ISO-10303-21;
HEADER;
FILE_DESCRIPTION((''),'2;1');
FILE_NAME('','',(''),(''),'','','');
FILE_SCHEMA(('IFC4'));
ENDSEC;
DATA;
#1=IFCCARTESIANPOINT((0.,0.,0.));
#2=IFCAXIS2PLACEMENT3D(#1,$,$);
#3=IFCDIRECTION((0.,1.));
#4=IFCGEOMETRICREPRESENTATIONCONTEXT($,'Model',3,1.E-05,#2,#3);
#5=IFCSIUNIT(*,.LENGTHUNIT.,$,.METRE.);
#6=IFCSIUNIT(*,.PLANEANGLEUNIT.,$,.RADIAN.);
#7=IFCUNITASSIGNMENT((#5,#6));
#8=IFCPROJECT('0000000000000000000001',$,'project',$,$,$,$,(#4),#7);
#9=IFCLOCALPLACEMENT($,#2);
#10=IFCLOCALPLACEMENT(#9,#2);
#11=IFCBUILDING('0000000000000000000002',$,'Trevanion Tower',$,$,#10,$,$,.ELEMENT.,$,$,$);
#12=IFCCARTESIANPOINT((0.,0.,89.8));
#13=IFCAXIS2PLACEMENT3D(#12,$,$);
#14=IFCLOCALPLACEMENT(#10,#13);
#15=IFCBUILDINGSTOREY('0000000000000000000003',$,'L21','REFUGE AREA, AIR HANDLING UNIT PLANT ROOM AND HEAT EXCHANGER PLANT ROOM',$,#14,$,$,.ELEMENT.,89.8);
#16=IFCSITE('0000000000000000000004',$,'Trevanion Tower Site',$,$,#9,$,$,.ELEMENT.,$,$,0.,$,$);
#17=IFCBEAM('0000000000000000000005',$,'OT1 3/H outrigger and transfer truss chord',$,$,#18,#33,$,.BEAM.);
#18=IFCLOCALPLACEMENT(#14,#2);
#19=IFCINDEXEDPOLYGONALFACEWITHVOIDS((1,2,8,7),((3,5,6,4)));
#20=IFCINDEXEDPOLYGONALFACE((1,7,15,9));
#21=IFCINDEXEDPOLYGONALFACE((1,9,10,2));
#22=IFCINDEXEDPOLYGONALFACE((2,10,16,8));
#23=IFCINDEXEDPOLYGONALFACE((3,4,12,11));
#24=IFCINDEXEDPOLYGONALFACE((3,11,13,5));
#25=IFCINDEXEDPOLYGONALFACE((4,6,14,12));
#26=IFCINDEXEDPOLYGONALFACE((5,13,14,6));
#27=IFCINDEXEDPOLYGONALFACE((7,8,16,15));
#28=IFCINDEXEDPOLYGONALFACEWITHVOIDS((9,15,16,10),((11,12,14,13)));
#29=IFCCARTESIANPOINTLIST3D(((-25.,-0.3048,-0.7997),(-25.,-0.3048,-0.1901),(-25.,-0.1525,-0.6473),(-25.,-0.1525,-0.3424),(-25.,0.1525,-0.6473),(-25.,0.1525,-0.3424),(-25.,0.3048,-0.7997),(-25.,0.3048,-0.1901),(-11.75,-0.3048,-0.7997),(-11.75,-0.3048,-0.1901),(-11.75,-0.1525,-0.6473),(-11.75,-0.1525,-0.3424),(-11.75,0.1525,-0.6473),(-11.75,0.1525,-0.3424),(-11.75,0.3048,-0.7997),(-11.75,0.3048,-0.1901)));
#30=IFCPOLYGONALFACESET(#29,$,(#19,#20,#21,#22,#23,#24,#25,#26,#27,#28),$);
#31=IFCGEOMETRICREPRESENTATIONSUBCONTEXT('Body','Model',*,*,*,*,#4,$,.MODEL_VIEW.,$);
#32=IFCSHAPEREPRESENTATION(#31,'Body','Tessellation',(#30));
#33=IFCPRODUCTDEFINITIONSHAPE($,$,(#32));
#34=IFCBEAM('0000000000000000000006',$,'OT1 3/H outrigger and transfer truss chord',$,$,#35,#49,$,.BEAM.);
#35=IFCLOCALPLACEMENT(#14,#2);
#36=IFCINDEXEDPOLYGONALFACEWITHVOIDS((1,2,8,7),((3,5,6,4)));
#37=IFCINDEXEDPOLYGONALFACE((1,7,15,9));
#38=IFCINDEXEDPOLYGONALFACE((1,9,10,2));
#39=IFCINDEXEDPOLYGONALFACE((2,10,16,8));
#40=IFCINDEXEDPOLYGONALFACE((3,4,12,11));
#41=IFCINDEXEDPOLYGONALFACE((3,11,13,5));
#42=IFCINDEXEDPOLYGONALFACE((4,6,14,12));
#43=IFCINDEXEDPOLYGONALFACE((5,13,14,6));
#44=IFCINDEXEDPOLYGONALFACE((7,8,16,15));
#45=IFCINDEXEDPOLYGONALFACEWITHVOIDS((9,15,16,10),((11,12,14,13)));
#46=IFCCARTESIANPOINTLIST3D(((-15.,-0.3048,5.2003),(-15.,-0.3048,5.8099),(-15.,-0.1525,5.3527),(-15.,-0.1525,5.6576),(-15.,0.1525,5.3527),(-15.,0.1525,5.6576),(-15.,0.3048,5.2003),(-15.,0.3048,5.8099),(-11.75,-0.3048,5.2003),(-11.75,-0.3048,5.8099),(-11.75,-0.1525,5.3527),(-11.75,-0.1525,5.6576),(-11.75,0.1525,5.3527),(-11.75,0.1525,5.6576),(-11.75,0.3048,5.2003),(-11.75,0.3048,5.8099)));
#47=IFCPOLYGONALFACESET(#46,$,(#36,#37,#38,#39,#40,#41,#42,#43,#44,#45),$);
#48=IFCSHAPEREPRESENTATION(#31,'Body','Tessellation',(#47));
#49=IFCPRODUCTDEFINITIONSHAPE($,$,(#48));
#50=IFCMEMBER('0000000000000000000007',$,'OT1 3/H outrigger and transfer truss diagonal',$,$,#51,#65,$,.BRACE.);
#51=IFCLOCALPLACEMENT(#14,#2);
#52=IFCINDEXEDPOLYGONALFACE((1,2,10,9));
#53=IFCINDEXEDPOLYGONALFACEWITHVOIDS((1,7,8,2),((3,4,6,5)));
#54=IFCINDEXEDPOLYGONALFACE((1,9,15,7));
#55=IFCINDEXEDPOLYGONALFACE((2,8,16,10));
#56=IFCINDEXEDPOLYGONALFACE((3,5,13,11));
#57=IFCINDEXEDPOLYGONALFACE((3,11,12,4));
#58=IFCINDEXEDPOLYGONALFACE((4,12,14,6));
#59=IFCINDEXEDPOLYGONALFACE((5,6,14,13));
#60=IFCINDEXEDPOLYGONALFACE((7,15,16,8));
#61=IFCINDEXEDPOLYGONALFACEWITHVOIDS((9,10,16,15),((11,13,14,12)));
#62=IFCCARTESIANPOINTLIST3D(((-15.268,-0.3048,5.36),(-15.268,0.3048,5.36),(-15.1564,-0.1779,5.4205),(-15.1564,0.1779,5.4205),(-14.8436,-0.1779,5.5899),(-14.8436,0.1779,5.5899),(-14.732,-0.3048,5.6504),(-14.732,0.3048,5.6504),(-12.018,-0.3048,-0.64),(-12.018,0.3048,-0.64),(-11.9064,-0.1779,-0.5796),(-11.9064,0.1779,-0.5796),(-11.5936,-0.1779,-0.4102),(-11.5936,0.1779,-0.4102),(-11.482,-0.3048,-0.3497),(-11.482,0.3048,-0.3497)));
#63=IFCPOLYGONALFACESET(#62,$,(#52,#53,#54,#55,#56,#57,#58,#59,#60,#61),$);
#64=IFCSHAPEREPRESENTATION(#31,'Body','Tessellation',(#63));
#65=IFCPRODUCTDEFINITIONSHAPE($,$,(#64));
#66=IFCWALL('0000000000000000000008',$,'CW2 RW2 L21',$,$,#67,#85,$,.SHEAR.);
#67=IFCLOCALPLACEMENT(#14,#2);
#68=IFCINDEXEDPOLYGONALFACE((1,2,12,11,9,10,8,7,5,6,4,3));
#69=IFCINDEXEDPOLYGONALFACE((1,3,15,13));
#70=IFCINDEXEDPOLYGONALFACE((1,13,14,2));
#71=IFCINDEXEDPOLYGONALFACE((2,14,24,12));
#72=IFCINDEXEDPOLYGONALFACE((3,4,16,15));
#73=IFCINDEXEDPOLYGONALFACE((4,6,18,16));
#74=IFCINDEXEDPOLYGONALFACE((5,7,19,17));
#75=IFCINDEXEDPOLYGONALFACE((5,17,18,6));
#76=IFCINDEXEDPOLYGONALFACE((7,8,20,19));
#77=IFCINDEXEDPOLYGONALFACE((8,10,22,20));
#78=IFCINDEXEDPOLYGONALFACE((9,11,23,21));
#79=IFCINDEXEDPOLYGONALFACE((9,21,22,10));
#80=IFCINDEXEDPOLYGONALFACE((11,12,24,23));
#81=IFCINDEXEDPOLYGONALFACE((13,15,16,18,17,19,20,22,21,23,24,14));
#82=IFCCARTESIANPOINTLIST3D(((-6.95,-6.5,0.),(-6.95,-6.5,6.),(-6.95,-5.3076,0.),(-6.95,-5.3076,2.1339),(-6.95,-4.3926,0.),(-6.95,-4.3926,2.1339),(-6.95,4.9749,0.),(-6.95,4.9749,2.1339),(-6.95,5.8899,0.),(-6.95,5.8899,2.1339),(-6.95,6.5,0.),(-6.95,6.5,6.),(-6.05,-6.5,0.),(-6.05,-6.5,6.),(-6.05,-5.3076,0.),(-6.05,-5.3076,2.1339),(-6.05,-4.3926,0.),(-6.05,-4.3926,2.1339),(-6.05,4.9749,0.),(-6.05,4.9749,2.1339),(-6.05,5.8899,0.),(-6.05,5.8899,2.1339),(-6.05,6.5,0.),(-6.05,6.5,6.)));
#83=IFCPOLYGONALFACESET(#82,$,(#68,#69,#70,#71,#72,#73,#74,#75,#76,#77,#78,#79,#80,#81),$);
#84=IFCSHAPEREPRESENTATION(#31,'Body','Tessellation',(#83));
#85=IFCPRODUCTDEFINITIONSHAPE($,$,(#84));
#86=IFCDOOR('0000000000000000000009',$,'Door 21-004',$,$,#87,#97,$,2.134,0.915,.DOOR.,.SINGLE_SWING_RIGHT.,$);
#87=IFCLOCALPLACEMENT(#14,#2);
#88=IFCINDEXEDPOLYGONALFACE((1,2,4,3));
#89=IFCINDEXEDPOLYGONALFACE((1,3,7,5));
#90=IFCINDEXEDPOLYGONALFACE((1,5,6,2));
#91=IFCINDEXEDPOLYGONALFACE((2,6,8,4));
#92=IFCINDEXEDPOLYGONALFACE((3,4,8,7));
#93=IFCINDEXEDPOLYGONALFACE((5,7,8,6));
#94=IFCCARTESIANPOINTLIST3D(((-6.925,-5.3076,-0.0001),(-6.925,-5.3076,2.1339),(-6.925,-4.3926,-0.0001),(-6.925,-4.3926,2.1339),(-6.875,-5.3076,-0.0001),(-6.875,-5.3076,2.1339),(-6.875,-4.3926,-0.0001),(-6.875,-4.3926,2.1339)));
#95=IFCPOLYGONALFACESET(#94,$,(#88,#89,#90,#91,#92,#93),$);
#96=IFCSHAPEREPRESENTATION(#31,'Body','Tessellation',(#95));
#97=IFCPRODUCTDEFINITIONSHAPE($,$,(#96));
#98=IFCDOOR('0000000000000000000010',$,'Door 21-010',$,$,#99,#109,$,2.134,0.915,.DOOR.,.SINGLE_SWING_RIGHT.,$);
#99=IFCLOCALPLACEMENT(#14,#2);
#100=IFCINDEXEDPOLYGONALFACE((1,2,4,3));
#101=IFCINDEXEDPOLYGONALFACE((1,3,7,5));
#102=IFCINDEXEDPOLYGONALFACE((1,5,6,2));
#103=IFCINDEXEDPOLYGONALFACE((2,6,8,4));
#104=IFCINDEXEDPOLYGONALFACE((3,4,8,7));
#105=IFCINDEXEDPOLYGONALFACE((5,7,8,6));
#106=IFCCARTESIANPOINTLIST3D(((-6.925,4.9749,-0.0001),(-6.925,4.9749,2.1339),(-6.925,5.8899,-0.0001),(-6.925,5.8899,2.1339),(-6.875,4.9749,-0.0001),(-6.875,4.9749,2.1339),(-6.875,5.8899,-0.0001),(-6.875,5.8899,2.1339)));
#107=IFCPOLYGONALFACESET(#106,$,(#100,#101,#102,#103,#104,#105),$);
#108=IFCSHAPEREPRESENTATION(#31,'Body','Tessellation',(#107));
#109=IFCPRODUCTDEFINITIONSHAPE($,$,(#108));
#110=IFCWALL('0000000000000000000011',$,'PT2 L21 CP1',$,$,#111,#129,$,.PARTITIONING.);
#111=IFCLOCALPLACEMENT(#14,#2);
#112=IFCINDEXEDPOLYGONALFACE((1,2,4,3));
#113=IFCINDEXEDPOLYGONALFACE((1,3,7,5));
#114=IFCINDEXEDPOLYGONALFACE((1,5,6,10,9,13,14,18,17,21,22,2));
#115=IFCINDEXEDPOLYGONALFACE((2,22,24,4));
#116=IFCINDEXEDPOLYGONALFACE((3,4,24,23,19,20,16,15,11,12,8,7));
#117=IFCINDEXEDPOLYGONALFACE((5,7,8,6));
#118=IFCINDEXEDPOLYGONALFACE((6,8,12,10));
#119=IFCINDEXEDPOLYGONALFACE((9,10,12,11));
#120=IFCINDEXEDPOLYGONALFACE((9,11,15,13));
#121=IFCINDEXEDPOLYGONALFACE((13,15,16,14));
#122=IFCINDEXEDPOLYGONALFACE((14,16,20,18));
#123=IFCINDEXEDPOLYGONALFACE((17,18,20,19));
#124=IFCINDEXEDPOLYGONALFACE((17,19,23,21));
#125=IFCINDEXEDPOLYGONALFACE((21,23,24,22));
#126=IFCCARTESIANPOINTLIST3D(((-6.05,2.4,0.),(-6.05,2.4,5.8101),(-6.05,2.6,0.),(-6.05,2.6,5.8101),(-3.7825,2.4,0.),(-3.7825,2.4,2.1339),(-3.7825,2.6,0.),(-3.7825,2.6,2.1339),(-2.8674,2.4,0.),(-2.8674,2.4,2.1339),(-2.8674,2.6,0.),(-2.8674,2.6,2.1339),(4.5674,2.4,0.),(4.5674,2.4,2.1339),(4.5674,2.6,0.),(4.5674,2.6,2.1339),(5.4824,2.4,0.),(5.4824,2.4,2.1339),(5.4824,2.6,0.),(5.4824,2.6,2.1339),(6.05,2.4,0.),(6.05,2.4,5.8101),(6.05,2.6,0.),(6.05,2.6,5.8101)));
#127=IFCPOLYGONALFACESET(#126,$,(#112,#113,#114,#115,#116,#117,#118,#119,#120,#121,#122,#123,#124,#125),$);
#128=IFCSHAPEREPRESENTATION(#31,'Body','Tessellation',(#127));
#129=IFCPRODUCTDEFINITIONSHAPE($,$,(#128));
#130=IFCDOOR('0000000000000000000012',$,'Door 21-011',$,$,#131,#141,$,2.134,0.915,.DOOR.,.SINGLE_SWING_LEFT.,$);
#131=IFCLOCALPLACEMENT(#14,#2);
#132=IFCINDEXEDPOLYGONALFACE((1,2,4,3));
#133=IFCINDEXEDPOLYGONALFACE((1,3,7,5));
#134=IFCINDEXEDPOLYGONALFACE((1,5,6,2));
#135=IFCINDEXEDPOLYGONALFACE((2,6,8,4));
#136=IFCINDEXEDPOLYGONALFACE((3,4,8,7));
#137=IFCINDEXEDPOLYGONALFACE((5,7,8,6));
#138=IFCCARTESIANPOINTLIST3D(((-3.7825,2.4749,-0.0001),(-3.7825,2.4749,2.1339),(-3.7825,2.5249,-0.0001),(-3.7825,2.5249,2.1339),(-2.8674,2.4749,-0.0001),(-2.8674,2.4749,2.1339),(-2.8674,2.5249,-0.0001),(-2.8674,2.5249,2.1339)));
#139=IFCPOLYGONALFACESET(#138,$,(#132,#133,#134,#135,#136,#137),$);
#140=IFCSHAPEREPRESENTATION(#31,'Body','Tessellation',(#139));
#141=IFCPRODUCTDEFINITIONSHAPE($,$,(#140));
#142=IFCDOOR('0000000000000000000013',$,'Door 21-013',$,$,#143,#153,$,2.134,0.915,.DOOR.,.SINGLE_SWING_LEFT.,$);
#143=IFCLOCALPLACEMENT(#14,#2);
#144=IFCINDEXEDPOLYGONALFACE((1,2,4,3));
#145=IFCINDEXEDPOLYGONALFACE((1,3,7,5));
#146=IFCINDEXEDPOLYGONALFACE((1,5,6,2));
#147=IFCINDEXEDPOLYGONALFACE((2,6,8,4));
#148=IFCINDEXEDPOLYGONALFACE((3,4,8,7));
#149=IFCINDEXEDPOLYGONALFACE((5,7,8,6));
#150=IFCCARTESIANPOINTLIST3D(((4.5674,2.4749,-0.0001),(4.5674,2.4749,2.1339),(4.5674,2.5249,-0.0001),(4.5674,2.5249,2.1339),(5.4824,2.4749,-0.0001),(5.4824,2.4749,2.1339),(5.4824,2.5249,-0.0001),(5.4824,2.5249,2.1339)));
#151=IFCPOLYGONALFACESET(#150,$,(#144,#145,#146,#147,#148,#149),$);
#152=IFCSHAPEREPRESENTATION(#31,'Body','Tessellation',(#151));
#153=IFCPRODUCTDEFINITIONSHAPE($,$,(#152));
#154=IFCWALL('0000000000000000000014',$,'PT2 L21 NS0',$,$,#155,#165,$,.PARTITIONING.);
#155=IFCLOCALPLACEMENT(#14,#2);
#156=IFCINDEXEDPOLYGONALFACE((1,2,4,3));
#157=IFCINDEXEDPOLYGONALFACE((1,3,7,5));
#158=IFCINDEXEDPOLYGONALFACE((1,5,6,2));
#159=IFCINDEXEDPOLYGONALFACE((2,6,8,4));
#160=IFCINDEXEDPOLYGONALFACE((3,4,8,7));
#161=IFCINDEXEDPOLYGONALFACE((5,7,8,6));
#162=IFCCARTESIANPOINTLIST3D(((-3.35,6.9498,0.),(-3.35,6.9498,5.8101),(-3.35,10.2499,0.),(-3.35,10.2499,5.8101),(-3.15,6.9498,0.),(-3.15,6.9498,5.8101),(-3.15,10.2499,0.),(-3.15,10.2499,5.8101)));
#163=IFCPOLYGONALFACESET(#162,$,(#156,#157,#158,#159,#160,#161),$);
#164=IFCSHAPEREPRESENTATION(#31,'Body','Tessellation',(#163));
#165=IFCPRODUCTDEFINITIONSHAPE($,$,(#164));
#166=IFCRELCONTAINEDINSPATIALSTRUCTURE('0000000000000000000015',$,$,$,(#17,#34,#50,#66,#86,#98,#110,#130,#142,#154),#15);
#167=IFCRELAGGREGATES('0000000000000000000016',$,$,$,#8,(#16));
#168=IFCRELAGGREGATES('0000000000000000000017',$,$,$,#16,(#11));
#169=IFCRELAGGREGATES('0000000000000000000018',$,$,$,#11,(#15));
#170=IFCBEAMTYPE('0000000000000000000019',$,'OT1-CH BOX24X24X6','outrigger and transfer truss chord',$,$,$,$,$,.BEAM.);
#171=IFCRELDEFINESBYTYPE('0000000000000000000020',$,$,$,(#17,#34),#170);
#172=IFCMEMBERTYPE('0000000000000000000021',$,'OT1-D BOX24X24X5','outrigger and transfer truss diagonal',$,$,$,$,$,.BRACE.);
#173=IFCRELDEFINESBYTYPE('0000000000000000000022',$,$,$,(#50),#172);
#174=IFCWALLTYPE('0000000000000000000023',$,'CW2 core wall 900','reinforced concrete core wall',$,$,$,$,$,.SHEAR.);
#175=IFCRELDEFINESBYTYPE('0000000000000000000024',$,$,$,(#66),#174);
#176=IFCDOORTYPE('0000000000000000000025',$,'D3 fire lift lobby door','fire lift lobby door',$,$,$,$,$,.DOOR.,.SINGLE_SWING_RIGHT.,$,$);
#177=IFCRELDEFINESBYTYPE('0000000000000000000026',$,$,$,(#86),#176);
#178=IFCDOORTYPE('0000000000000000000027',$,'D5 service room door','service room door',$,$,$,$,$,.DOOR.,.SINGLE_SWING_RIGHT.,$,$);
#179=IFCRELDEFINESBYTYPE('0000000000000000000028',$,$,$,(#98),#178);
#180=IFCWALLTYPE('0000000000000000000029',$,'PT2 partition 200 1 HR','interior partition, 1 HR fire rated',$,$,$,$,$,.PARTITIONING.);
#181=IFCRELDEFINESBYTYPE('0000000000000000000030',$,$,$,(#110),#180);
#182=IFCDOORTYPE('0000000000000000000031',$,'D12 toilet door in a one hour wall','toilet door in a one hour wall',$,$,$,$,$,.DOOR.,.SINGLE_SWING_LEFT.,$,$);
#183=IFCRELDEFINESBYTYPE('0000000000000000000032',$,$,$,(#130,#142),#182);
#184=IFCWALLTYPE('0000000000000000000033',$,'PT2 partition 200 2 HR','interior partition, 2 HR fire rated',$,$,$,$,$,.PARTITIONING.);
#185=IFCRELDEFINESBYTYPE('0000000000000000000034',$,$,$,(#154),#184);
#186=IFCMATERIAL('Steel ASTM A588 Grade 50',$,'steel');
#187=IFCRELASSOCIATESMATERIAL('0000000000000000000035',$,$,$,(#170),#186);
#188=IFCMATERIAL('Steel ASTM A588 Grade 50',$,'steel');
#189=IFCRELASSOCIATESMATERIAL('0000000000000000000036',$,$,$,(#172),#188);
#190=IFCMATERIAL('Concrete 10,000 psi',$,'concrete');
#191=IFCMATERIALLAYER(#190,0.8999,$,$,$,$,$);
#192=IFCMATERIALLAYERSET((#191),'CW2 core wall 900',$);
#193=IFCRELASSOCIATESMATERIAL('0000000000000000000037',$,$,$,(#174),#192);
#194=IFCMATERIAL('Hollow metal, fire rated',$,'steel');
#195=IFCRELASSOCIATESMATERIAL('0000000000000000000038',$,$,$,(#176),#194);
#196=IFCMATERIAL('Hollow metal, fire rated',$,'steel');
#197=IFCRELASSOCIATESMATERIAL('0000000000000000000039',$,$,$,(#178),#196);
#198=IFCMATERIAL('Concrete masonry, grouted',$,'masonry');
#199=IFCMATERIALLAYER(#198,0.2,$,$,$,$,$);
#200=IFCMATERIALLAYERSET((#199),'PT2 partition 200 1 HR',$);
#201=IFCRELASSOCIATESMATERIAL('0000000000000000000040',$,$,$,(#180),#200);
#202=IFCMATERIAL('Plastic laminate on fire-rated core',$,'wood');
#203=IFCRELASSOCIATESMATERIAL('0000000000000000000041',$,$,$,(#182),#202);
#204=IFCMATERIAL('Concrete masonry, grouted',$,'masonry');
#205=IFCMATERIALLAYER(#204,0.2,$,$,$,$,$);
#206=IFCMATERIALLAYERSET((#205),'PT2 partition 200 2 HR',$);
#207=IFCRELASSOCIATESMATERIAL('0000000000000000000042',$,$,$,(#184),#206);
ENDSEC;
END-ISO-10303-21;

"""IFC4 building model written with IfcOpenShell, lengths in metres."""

from ifc_helpers import new_model, si_unit, direction, frame, frame_2d, origin, origin_2d, place, context, subcontext, project, spatial, rectangle, hollow_rectangle, extrude, material, layer, layer_set, material_profile, profile_set, type_object, element, fill, save


model = new_model("IFC4")

# Units and contexts
model_context = context("Model", 3, precision=1e-05, world=origin(), true_north=direction((0.0, 1.0)))
body_context = subcontext(model_context, "Body", "Model", "MODEL_VIEW")
ifc_project = project(units=[si_unit("LENGTHUNIT", "METRE"), si_unit("PLANEANGLEUNIT", "RADIAN")], contexts=[model_context])

# Site, building, storey
site_placement = place(None, origin())
site = spatial("IfcSite", under=ifc_project, at=site_placement, Name="Trevanion Tower Site", CompositionType="ELEMENT", RefElevation=0.0)
building_placement = place(site_placement, origin())
building = spatial("IfcBuilding", under=site, at=building_placement, Name="Trevanion Tower", CompositionType="ELEMENT")
storey_placement = place(building_placement, frame((0.0, 0.0, 89.8)))
storey = spatial("IfcBuildingStorey", under=building, at=storey_placement, Name="L21", Description="REFUGE AREA, AIR HANDLING UNIT PLANT ROOM AND HEAT EXCHANGER PLANT ROOM", CompositionType="ELEMENT", Elevation=89.8)

# Beams
ifc_material_1 = material(Name="Steel ASTM A588 Grade 50", Category="steel")
ifc_material_profile_1 = material_profile(ifc_material_1, hollow_rectangle(XDim=0.6096, YDim=0.6096, WallThickness=0.1523, at=origin_2d()), Name="BOX24X24X6")
ifc_profile_set_1 = profile_set([ifc_material_profile_1], Name="Steel ASTM A588 Grade 50")
beam_type_1 = type_object("IfcBeamType", Name="OT1-CH BOX24X24X6", Description="outrigger and transfer truss chord", PredefinedType="BEAM", material=ifc_profile_set_1)
beam_1_placement = place(storey_placement, frame((-11.75, 0.0, -0.4949), z_axis=(-1.0, 0.0, 0.0), x_axis=(0.0, -1.0, 0.0)))
element("IfcBeam", 1, at=beam_1_placement, inside=storey, type_object=beam_type_1, Name="OT1 3/H outrigger and transfer truss chord", PredefinedType="BEAM", context=body_context, shape_type="SweptSolid", body=[
    extrude(hollow_rectangle(XDim=0.6096, YDim=0.6096, WallThickness=0.1523, at=origin_2d()), origin(), (0.0, 0.0, 1.0), 13.25),
])
beam_2_placement = place(storey_placement, frame((-11.75, 0.0, 5.5051), z_axis=(-1.0, 0.0, 0.0), x_axis=(0.0, -1.0, 0.0)))
element("IfcBeam", 2, at=beam_2_placement, inside=storey, type_object=beam_type_1, Name="OT1 3/H outrigger and transfer truss chord", PredefinedType="BEAM", context=body_context, shape_type="SweptSolid", body=[
    extrude(hollow_rectangle(XDim=0.6096, YDim=0.6096, WallThickness=0.1523, at=origin_2d()), origin(), (0.0, 0.0, 1.0), 3.25),
])

# Member
ifc_material_2 = material(Name="Steel ASTM A588 Grade 50", Category="steel")
ifc_material_profile_2 = material_profile(ifc_material_2, hollow_rectangle(XDim=0.6096, YDim=0.6096, WallThickness=0.127, at=origin_2d()), Name="BOX24X24X5")
ifc_profile_set_2 = profile_set([ifc_material_profile_2], Name="Steel ASTM A588 Grade 50")
member_type = type_object("IfcMemberType", Name="OT1-D BOX24X24X5", Description="outrigger and transfer truss diagonal", PredefinedType="BRACE", material=ifc_profile_set_2)
member_placement = place(storey_placement, frame((-11.75, 0.0, -0.4949), z_axis=(-0.476283, 0.0, 0.879292), x_axis=(0.0, -1.0, 0.0)))
element("IfcMember", 3, at=member_placement, inside=storey, type_object=member_type, Name="OT1 3/H outrigger and transfer truss diagonal", PredefinedType="BRACE", context=body_context, shape_type="SweptSolid", body=[
    extrude(hollow_rectangle(XDim=0.6096, YDim=0.6096, WallThickness=0.127, at=origin_2d()), origin(), (0.0, 0.0, 1.0), 6.8237),
])

# Walls, openings, doors
ifc_material_3 = material(Name="Concrete 10,000 psi", Category="concrete")
ifc_layer_1 = layer(ifc_material_3, 0.8999)
ifc_layer_set_1 = layer_set([ifc_layer_1], Name="CW2 core wall 900")
wall_type_1 = type_object("IfcWallType", Name="CW2 core wall 900", Description="reinforced concrete core wall", PredefinedType="SHEAR", material=ifc_layer_set_1)
wall_1_placement = place(storey_placement, frame((-6.5, 6.5, 0.0), z_axis=(0.0, 0.0, 1.0), x_axis=(0.0, -1.0, 0.0)))
wall_1 = element("IfcWall", 4, at=wall_1_placement, inside=storey, type_object=wall_type_1, Name="CW2 RW2 L21", PredefinedType="SHEAR", context=body_context, shape_type="SweptSolid", body=[
    extrude(rectangle(XDim=13.0, YDim=0.8999, at=frame_2d((6.5, 0.0))), origin(), (0.0, 0.0, 1.0), 6.0),
])
opening_1_placement = place(wall_1_placement, frame((10.8926, 0.0, 0.0)))
opening_1 = element("IfcOpeningElement", 5, at=opening_1_placement, cuts=wall_1, PredefinedType="OPENING", context=body_context, shape_type="SweptSolid", body=[
    extrude(rectangle(XDim=0.915, YDim=2.134, at=frame_2d((0.4575, 1.0669))), frame((0.0, 0.46, 0.0), z_axis=(0.0, -1.0, 0.0), x_axis=(1.0, 0.0, 0.0)), (0.0, 0.0, 1.0), 0.9199),
])
opening_2_placement = place(wall_1_placement, frame((0.6101, 0.0, 0.0)))
opening_2 = element("IfcOpeningElement", 6, at=opening_2_placement, cuts=wall_1, PredefinedType="OPENING", context=body_context, shape_type="SweptSolid", body=[
    extrude(rectangle(XDim=0.915, YDim=2.134, at=frame_2d((0.4575, 1.0669))), frame((0.0, 0.46, 0.0), z_axis=(0.0, -1.0, 0.0), x_axis=(1.0, 0.0, 0.0)), (0.0, 0.0, 1.0), 0.9199),
])
ifc_material_4 = material(Name="Hollow metal, fire rated", Category="steel")
door_type_1 = type_object("IfcDoorType", Name="D3 fire lift lobby door", Description="fire lift lobby door", OperationType="SINGLE_SWING_RIGHT", PredefinedType="DOOR", material=ifc_material_4)
door_1_placement = place(opening_1_placement, origin())
door_1 = element("IfcDoor", 7, at=door_1_placement, inside=storey, type_object=door_type_1, Name="Door 21-004", OperationType="SINGLE_SWING_RIGHT", OverallHeight=2.134, OverallWidth=0.915, PredefinedType="DOOR", context=body_context, shape_type="SweptSolid", body=[
    extrude(rectangle(XDim=0.915, YDim=2.134, at=frame_2d((0.4575, 1.0669))), frame((0.0, -0.375, 0.0), z_axis=(0.0, -1.0, 0.0), x_axis=(1.0, 0.0, 0.0)), (0.0, 0.0, 1.0), 0.05),
])
fill(opening_1, door_1)
ifc_material_5 = material(Name="Hollow metal, fire rated", Category="steel")
door_type_2 = type_object("IfcDoorType", Name="D5 service room door", Description="service room door", OperationType="SINGLE_SWING_RIGHT", PredefinedType="DOOR", material=ifc_material_5)
door_2_placement = place(opening_2_placement, origin())
door_2 = element("IfcDoor", 8, at=door_2_placement, inside=storey, type_object=door_type_2, Name="Door 21-010", OperationType="SINGLE_SWING_RIGHT", OverallHeight=2.134, OverallWidth=0.915, PredefinedType="DOOR", context=body_context, shape_type="SweptSolid", body=[
    extrude(rectangle(XDim=0.915, YDim=2.134, at=frame_2d((0.4575, 1.0669))), frame((0.0, -0.375, 0.0), z_axis=(0.0, -1.0, 0.0), x_axis=(1.0, 0.0, 0.0)), (0.0, 0.0, 1.0), 0.05),
])
fill(opening_2, door_2)
ifc_material_6 = material(Name="Concrete masonry, grouted", Category="masonry")
ifc_layer_2 = layer(ifc_material_6, 0.2)
ifc_layer_set_2 = layer_set([ifc_layer_2], Name="PT2 partition 200 1 HR")
wall_type_2 = type_object("IfcWallType", Name="PT2 partition 200 1 HR", Description="interior partition, 1 HR fire rated", PredefinedType="PARTITIONING", material=ifc_layer_set_2)
wall_2_placement = place(storey_placement, frame((-6.05, 2.5, 0.0), z_axis=(0.0, 0.0, 1.0), x_axis=(1.0, 0.0, 0.0)))
wall_2 = element("IfcWall", 9, at=wall_2_placement, inside=storey, type_object=wall_type_2, Name="PT2 L21 CP1", PredefinedType="PARTITIONING", context=body_context, shape_type="SweptSolid", body=[
    extrude(rectangle(XDim=12.1001, YDim=0.2, at=frame_2d((6.05, 0.0))), origin(), (0.0, 0.0, 1.0), 5.8101),
])
opening_3_placement = place(wall_2_placement, frame((2.2676, 0.0, 0.0)))
opening_3 = element("IfcOpeningElement", 10, at=opening_3_placement, cuts=wall_2, PredefinedType="OPENING", context=body_context, shape_type="SweptSolid", body=[
    extrude(rectangle(XDim=0.915, YDim=2.134, at=frame_2d((0.4575, 1.0669))), frame((0.0, 0.1099, 0.0), z_axis=(0.0, -1.0, 0.0), x_axis=(1.0, 0.0, 0.0)), (0.0, 0.0, 1.0), 0.22),
])
opening_4_placement = place(wall_2_placement, frame((10.6174, 0.0, 0.0)))
opening_4 = element("IfcOpeningElement", 11, at=opening_4_placement, cuts=wall_2, PredefinedType="OPENING", context=body_context, shape_type="SweptSolid", body=[
    extrude(rectangle(XDim=0.915, YDim=2.134, at=frame_2d((0.4575, 1.0669))), frame((0.0, 0.1099, 0.0), z_axis=(0.0, -1.0, 0.0), x_axis=(1.0, 0.0, 0.0)), (0.0, 0.0, 1.0), 0.22),
])
ifc_material_7 = material(Name="Plastic laminate on fire-rated core", Category="wood")
door_type_3 = type_object("IfcDoorType", Name="D12 toilet door in a one hour wall", Description="toilet door in a one hour wall", OperationType="SINGLE_SWING_LEFT", PredefinedType="DOOR", material=ifc_material_7)
door_3_placement = place(opening_3_placement, origin())
door_3 = element("IfcDoor", 12, at=door_3_placement, inside=storey, type_object=door_type_3, Name="Door 21-011", OperationType="SINGLE_SWING_LEFT", OverallHeight=2.134, OverallWidth=0.915, PredefinedType="DOOR", context=body_context, shape_type="SweptSolid", body=[
    extrude(rectangle(XDim=0.915, YDim=2.134, at=frame_2d((0.4575, 1.0669))), frame((0.0, 0.0249, 0.0), z_axis=(0.0, -1.0, 0.0), x_axis=(1.0, 0.0, 0.0)), (0.0, 0.0, 1.0), 0.05),
])
fill(opening_3, door_3)
door_4_placement = place(opening_4_placement, origin())
door_4 = element("IfcDoor", 13, at=door_4_placement, inside=storey, type_object=door_type_3, Name="Door 21-013", OperationType="SINGLE_SWING_LEFT", OverallHeight=2.134, OverallWidth=0.915, PredefinedType="DOOR", context=body_context, shape_type="SweptSolid", body=[
    extrude(rectangle(XDim=0.915, YDim=2.134, at=frame_2d((0.4575, 1.0669))), frame((0.0, 0.0249, 0.0), z_axis=(0.0, -1.0, 0.0), x_axis=(1.0, 0.0, 0.0)), (0.0, 0.0, 1.0), 0.05),
])
fill(opening_4, door_4)

# Wall
ifc_material_8 = material(Name="Concrete masonry, grouted", Category="masonry")
ifc_layer_3 = layer(ifc_material_8, 0.2)
ifc_layer_set_3 = layer_set([ifc_layer_3], Name="PT2 partition 200 2 HR")
wall_type_3 = type_object("IfcWallType", Name="PT2 partition 200 2 HR", Description="interior partition, 2 HR fire rated", PredefinedType="PARTITIONING", material=ifc_layer_set_3)
wall_3_placement = place(storey_placement, frame((-3.25, 6.95, 0.0), z_axis=(0.0, 0.0, 1.0), x_axis=(0.0, 1.0, 0.0)))
element("IfcWall", 14, at=wall_3_placement, inside=storey, type_object=wall_type_3, Name="PT2 L21 NS0", PredefinedType="PARTITIONING", context=body_context, shape_type="SweptSolid", body=[
    extrude(rectangle(XDim=3.3, YDim=0.2, at=frame_2d((1.6499, 0.0))), origin(), (0.0, 0.0, 1.0), 5.8101),
])

save(model, "model.ifc")
